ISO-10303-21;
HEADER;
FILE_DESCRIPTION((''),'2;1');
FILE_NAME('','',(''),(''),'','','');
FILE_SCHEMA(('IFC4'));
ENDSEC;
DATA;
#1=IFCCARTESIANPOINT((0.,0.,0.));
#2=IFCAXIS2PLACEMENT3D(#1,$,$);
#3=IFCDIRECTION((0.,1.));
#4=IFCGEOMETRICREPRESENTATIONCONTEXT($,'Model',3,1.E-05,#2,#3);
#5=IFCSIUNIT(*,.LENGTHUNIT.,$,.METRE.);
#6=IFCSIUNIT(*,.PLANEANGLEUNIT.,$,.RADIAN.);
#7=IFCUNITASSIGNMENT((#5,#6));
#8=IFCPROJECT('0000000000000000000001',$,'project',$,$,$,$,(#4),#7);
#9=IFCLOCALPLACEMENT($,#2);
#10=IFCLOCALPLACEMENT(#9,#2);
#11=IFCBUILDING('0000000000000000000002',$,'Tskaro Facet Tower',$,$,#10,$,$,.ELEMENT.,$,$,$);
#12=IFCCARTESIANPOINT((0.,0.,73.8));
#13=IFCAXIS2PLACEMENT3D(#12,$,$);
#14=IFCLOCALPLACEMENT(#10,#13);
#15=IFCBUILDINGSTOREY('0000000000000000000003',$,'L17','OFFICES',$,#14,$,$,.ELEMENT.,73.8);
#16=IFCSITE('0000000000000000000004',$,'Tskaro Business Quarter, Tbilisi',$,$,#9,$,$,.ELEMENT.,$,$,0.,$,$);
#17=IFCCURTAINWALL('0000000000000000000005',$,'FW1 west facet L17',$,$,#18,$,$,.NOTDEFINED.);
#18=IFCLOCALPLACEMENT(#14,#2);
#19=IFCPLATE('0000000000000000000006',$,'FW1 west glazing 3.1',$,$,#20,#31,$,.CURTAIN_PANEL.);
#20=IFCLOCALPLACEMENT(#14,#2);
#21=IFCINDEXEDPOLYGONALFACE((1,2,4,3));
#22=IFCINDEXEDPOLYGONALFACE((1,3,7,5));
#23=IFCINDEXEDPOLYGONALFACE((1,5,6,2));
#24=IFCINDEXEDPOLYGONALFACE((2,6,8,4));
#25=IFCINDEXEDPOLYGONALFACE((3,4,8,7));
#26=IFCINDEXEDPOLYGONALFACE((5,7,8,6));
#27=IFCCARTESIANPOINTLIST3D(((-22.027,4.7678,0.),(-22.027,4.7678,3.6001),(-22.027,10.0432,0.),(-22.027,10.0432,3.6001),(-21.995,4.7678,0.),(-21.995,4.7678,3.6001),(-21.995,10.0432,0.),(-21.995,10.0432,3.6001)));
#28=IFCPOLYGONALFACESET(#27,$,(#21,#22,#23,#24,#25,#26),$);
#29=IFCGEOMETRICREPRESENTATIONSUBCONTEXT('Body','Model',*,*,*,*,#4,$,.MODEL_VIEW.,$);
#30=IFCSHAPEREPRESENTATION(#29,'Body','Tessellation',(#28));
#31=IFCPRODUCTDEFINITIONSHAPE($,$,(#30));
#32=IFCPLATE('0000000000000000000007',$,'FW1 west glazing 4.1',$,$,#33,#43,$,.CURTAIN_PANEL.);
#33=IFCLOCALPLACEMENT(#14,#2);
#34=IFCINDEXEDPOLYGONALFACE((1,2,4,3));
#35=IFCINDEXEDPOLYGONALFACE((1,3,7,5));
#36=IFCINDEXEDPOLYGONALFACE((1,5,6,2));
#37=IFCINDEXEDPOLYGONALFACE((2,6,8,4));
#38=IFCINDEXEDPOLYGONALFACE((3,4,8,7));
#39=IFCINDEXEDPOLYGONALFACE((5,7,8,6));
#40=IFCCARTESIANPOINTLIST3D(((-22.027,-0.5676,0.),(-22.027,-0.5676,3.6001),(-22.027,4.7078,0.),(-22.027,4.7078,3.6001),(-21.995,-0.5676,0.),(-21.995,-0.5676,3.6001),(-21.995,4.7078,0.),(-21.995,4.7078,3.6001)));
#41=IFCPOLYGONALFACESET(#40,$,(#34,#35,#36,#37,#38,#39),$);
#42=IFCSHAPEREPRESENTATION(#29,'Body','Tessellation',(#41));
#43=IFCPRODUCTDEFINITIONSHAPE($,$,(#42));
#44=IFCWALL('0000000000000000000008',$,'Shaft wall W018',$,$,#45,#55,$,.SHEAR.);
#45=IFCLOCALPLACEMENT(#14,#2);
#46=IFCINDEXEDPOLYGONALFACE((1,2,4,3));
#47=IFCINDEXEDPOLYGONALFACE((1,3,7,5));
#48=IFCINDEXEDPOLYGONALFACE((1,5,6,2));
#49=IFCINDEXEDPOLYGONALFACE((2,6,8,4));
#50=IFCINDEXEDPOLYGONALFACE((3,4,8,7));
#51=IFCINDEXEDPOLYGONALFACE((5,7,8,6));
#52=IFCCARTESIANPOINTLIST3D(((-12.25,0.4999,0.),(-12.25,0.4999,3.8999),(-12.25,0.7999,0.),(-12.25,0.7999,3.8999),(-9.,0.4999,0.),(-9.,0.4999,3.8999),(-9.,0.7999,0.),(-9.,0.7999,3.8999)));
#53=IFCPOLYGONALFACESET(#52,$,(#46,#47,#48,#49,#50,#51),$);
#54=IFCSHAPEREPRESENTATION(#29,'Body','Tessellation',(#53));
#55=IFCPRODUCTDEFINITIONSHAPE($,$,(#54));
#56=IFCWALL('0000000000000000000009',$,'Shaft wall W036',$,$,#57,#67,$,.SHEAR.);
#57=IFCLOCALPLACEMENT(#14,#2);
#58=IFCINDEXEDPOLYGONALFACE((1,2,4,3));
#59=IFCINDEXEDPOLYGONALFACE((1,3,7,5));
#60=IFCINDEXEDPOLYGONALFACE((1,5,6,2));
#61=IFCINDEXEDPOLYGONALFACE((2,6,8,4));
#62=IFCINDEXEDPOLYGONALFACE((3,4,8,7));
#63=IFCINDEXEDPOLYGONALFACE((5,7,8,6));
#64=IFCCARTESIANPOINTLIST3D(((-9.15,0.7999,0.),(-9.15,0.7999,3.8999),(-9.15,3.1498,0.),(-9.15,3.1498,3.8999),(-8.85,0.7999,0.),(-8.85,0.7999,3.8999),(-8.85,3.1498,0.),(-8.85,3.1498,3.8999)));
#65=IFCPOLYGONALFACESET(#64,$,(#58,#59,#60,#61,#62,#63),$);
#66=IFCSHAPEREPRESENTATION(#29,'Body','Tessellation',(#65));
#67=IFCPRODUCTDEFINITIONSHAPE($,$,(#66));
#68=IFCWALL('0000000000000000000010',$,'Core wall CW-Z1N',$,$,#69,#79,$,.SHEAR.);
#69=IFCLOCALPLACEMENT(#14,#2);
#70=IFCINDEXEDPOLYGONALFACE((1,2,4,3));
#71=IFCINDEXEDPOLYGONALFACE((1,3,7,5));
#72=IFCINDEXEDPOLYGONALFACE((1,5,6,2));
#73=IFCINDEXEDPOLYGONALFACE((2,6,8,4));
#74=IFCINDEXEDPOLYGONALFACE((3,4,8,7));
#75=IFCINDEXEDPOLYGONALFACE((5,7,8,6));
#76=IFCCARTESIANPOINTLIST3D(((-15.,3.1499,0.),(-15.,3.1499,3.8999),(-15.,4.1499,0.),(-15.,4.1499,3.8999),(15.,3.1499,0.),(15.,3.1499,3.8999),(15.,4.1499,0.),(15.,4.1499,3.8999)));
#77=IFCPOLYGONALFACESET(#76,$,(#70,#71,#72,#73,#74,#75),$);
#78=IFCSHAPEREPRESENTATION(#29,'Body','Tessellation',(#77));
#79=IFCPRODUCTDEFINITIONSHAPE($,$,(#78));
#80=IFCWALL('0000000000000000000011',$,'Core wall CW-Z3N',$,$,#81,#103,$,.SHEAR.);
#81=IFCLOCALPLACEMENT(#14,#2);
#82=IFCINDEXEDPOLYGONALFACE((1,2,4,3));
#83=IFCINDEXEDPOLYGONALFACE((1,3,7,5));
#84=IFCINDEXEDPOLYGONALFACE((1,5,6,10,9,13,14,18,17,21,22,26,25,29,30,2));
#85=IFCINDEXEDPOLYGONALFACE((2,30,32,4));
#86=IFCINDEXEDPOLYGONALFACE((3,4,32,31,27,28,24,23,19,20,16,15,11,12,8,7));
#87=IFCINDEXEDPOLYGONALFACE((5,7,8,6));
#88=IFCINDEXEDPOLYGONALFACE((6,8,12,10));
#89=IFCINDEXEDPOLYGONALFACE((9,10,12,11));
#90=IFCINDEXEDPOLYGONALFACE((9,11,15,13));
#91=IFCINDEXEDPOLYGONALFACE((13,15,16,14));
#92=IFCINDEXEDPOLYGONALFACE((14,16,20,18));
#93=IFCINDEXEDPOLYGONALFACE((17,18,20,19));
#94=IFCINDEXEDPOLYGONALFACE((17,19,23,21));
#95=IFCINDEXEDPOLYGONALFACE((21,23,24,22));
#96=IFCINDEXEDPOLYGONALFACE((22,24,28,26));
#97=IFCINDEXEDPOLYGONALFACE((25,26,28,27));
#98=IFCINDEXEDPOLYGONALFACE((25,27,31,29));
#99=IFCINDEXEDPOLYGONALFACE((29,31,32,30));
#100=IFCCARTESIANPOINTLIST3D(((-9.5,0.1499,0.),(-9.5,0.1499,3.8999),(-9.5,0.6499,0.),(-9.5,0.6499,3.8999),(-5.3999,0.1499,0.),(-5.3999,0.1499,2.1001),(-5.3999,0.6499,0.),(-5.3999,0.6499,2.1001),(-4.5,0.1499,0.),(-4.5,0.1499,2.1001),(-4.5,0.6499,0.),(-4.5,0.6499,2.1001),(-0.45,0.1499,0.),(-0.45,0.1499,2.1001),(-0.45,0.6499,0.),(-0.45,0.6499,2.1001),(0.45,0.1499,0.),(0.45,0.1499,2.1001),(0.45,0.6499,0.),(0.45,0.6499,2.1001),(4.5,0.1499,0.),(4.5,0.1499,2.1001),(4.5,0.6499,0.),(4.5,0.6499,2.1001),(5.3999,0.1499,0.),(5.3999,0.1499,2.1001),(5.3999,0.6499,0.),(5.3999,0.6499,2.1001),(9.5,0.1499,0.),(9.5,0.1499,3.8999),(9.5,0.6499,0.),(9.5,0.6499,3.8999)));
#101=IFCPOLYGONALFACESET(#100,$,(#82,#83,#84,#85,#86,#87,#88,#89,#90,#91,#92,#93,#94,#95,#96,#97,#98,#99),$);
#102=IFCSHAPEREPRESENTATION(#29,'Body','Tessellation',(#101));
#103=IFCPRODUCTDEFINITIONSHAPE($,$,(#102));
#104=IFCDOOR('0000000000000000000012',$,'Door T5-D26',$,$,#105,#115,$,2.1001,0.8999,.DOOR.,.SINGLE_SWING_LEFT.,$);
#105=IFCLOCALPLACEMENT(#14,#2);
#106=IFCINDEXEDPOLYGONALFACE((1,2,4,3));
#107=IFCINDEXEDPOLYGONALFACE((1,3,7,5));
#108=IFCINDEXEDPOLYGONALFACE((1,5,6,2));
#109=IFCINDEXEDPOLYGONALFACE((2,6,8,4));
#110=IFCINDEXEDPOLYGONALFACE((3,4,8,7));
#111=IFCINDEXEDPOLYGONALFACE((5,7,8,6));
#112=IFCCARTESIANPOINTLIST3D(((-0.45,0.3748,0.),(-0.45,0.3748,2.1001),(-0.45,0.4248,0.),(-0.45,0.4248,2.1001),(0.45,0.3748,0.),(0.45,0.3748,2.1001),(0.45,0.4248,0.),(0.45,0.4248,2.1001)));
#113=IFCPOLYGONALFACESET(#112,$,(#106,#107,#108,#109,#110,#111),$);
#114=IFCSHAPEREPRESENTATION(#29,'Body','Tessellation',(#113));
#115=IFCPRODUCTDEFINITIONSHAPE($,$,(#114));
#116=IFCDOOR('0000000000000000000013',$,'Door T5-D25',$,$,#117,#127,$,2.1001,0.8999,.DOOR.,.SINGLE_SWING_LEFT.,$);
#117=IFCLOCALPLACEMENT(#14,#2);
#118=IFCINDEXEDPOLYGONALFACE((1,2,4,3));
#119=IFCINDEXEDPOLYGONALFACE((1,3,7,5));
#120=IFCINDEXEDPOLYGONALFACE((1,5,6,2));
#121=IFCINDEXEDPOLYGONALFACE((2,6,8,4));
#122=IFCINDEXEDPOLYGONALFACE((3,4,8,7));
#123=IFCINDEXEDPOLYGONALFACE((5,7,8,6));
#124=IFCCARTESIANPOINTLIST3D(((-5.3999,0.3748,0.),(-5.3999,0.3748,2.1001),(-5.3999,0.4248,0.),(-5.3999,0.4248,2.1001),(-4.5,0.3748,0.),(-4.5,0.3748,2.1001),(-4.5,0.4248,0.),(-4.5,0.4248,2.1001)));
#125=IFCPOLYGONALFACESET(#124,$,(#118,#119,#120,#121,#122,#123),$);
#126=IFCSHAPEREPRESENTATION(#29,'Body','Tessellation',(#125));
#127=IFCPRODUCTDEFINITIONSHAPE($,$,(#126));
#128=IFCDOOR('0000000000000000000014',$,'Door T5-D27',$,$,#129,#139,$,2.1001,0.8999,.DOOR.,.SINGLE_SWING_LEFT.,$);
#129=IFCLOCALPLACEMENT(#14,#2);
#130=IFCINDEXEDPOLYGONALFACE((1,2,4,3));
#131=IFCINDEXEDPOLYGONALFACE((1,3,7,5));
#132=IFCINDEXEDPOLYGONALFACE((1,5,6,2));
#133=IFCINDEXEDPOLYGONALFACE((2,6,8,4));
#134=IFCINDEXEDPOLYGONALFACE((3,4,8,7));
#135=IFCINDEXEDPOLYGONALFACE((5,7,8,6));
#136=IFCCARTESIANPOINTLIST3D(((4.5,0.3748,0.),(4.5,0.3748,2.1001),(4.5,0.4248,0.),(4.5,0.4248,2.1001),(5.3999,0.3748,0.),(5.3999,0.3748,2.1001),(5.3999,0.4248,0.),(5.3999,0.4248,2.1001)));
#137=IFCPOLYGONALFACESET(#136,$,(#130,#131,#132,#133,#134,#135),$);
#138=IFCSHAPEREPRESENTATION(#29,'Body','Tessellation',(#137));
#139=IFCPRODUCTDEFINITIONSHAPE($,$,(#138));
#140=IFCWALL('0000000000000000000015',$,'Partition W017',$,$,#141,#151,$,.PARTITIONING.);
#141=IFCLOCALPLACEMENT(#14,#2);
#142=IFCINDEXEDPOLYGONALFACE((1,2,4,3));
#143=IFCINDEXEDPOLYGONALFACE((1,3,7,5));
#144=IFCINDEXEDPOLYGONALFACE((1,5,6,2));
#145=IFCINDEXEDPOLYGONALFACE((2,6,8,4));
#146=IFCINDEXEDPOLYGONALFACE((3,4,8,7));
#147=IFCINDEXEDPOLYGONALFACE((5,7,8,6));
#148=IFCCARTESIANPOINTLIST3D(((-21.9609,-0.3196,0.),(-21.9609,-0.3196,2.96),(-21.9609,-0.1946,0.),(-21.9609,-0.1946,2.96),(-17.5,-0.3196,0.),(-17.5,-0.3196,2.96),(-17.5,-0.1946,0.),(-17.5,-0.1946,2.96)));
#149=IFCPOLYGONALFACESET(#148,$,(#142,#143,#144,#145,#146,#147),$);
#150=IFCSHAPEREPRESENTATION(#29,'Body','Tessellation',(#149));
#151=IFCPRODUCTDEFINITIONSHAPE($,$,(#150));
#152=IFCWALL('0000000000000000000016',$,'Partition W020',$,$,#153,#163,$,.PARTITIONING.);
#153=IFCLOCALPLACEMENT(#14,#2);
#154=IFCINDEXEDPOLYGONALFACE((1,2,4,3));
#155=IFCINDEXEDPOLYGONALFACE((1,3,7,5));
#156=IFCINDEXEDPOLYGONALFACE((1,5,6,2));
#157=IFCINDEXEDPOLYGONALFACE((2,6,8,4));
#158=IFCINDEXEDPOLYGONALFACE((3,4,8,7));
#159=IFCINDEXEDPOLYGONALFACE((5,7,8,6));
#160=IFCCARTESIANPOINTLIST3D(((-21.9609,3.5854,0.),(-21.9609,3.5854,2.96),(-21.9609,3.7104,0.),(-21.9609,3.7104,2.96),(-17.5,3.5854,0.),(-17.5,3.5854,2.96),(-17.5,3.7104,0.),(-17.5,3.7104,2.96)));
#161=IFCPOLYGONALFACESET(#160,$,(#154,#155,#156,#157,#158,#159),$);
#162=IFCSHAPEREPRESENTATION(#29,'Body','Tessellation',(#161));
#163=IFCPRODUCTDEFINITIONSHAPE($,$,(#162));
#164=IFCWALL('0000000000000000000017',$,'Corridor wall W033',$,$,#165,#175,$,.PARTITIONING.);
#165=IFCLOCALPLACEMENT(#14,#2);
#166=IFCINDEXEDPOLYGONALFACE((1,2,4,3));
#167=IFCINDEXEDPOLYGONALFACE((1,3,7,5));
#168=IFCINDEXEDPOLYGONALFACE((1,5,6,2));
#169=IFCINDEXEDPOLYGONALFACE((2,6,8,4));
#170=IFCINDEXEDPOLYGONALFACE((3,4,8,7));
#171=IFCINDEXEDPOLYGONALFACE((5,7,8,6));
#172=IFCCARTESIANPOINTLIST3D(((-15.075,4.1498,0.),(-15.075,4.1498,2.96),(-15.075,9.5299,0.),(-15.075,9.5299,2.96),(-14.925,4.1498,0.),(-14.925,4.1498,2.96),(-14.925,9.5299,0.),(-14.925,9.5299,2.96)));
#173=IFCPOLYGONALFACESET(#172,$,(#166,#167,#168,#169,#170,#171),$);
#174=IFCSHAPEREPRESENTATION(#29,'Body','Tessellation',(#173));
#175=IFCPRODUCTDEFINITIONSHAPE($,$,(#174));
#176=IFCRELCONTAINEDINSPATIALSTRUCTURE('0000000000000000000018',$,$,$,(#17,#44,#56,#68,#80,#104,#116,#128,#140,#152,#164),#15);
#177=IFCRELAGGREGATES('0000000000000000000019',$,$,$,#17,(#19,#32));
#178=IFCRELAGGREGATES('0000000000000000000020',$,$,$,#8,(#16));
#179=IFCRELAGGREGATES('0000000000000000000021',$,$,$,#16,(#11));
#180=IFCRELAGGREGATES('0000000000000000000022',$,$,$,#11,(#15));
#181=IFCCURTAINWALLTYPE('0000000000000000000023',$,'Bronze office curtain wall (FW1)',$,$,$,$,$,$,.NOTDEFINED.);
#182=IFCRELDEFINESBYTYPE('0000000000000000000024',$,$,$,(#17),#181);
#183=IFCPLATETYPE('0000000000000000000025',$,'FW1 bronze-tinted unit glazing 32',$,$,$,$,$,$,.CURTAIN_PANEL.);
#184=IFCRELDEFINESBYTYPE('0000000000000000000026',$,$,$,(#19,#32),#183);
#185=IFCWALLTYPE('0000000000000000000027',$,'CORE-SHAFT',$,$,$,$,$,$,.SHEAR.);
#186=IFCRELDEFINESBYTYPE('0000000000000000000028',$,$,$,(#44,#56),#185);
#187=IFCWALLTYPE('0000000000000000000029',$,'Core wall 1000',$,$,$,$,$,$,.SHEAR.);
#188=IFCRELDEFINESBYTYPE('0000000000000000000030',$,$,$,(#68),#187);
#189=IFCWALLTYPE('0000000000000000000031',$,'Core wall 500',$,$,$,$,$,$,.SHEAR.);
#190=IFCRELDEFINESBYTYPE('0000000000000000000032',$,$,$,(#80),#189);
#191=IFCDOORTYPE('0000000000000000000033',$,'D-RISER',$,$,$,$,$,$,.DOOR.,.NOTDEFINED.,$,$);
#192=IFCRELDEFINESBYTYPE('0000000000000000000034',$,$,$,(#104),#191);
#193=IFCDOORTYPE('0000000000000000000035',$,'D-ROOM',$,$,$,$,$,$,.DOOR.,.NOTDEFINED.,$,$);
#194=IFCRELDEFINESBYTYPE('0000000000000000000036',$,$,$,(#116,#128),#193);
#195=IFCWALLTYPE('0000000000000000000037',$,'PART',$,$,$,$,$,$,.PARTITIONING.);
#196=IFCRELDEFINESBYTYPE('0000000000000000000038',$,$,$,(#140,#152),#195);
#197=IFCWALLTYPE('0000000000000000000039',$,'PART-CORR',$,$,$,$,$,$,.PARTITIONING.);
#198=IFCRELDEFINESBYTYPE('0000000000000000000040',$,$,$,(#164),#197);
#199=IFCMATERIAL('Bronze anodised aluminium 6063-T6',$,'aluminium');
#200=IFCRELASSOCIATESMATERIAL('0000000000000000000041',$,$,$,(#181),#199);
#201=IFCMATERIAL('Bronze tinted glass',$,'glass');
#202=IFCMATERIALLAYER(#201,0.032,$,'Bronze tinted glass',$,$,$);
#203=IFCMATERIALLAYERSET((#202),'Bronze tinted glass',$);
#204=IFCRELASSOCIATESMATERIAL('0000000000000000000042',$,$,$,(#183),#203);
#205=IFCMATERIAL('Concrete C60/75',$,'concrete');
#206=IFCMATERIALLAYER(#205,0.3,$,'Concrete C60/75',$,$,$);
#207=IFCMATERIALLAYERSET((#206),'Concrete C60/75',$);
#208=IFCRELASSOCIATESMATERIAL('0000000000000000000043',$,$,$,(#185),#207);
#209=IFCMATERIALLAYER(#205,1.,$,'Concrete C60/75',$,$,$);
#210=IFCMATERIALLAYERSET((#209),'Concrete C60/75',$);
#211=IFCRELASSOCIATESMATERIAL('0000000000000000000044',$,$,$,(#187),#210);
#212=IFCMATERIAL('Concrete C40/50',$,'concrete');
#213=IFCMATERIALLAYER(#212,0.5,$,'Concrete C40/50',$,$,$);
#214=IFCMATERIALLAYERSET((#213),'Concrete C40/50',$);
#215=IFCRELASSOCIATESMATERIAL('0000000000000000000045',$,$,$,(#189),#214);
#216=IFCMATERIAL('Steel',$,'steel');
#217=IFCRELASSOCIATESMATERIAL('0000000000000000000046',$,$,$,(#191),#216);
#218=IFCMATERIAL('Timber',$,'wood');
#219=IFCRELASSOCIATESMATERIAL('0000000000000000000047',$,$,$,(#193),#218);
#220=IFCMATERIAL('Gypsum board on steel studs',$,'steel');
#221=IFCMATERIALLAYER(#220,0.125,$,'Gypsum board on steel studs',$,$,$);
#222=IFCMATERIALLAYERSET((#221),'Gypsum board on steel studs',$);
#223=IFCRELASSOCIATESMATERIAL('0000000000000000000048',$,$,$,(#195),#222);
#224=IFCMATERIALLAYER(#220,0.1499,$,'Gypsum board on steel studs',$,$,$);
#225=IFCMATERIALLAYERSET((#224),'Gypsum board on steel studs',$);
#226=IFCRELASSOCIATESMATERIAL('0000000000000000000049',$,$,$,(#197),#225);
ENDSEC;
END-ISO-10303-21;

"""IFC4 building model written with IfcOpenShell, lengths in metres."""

from ifc_helpers import new_model, si_unit, direction, frame, frame_2d, origin, origin_2d, place, context, subcontext, project, spatial, rectangle, extrude, material, layer, layer_set, type_object, element, fill, aggregate, save


model = new_model("IFC4")

# Units and contexts
model_context = context("Model", 3, precision=1e-05, world=origin(), true_north=direction((0.0, 1.0)))
body_context = subcontext(model_context, "Body", "Model", "MODEL_VIEW")
ifc_project = project(units=[si_unit("LENGTHUNIT", "METRE"), si_unit("PLANEANGLEUNIT", "RADIAN")], contexts=[model_context])

# Site, building, storey
site_placement = place(None, origin())
site = spatial("IfcSite", under=ifc_project, at=site_placement, Name="Tskaro Business Quarter, Tbilisi", CompositionType="ELEMENT", RefElevation=0.0)
building_placement = place(site_placement, origin())
building = spatial("IfcBuilding", under=site, at=building_placement, Name="Tskaro Facet Tower", CompositionType="ELEMENT")
storey_placement = place(building_placement, frame((0.0, 0.0, 73.8)))
storey = spatial("IfcBuildingStorey", under=building, at=storey_placement, Name="L17", Description="OFFICES", CompositionType="ELEMENT", Elevation=73.8)

# Curtain wall
ifc_material_1 = material(Name="Bronze anodised aluminium 6063-T6", Category="aluminium")
curtain_wall_type = type_object("IfcCurtainWallType", Name="Bronze office curtain wall (FW1)", PredefinedType="NOTDEFINED", material=ifc_material_1)
curtain_wall_placement = place(storey_placement, origin())
curtain_wall = element("IfcCurtainWall", 1, at=curtain_wall_placement, inside=storey, type_object=curtain_wall_type, Name="FW1 west facet L17", PredefinedType="NOTDEFINED")

# Plates
ifc_material_2 = material(Name="Bronze tinted glass", Category="glass")
ifc_layer_1 = layer(ifc_material_2, 0.032, Name="Bronze tinted glass")
ifc_layer_set_1 = layer_set([ifc_layer_1], Name="Bronze tinted glass")
plate_type = type_object("IfcPlateType", Name="FW1 bronze-tinted unit glazing 32", PredefinedType="CURTAIN_PANEL", material=ifc_layer_set_1)
plate_1_placement = place(storey_placement, frame((-22.011, 7.4055, 0.0), z_axis=(0.0, 0.0, 1.0), x_axis=(0.0, -1.0, 0.0)))
plate_1 = element("IfcPlate", 2, at=plate_1_placement, type_object=plate_type, Name="FW1 west glazing 3.1", PredefinedType="CURTAIN_PANEL", context=body_context, shape_type="SweptSolid", body=[
    extrude(rectangle(XDim=5.2754, YDim=0.032, at=origin_2d()), origin(), (0.0, 0.0, 1.0), 3.6001),
])
plate_2_placement = place(storey_placement, frame((-22.011, 2.0701, 0.0), z_axis=(0.0, 0.0, 1.0), x_axis=(0.0, -1.0, 0.0)))
plate_2 = element("IfcPlate", 3, at=plate_2_placement, type_object=plate_type, Name="FW1 west glazing 4.1", PredefinedType="CURTAIN_PANEL", context=body_context, shape_type="SweptSolid", body=[
    extrude(rectangle(XDim=5.2754, YDim=0.032, at=origin_2d()), origin(), (0.0, 0.0, 1.0), 3.6001),
])
aggregate(curtain_wall, [plate_1, plate_2])

# Walls
ifc_material_3 = material(Name="Concrete C60/75", Category="concrete")
ifc_layer_2 = layer(ifc_material_3, 0.3, Name="Concrete C60/75")
ifc_layer_set_2 = layer_set([ifc_layer_2], Name="Concrete C60/75")
wall_type_1 = type_object("IfcWallType", Name="CORE-SHAFT", PredefinedType="SHEAR", material=ifc_layer_set_2)
wall_1_placement = place(storey_placement, frame((-9.0, 0.6499, 0.0), z_axis=(0.0, 0.0, 1.0), x_axis=(-1.0, 0.0, 0.0)))
element("IfcWall", 4, at=wall_1_placement, inside=storey, type_object=wall_type_1, Name="Shaft wall W018", PredefinedType="SHEAR", context=body_context, shape_type="SweptSolid", body=[
    extrude(rectangle(XDim=3.25, YDim=0.3, at=frame_2d((1.625, 0.0))), origin(), (0.0, 0.0, 1.0), 3.8999),
])
wall_2_placement = place(storey_placement, frame((-9.0, 0.8, 0.0), z_axis=(0.0, 0.0, 1.0), x_axis=(0.0, 1.0, 0.0)))
element("IfcWall", 5, at=wall_2_placement, inside=storey, type_object=wall_type_1, Name="Shaft wall W036", PredefinedType="SHEAR", context=body_context, shape_type="SweptSolid", body=[
    extrude(rectangle(XDim=2.3499, YDim=0.3, at=frame_2d((1.1748, 0.0))), origin(), (0.0, 0.0, 1.0), 3.8999),
])
ifc_layer_3 = layer(ifc_material_3, 1.0, Name="Concrete C60/75")
ifc_layer_set_3 = layer_set([ifc_layer_3], Name="Concrete C60/75")
wall_type_2 = type_object("IfcWallType", Name="Core wall 1000", PredefinedType="SHEAR", material=ifc_layer_set_3)
wall_3_placement = place(storey_placement, frame((-15.0, 3.6499, 0.0), z_axis=(0.0, 0.0, 1.0), x_axis=(1.0, 0.0, 0.0)))
element("IfcWall", 6, at=wall_3_placement, inside=storey, type_object=wall_type_2, Name="Core wall CW-Z1N", PredefinedType="SHEAR", context=body_context, shape_type="SweptSolid", body=[
    extrude(rectangle(XDim=30.0, YDim=1.0, at=frame_2d((15.0, 0.0))), origin(), (0.0, 0.0, 1.0), 3.8999),
])

# Wall, openings, doors
ifc_material_4 = material(Name="Concrete C40/50", Category="concrete")
ifc_layer_4 = layer(ifc_material_4, 0.5, Name="Concrete C40/50")
ifc_layer_set_4 = layer_set([ifc_layer_4], Name="Concrete C40/50")
wall_type_3 = type_object("IfcWallType", Name="Core wall 500", PredefinedType="SHEAR", material=ifc_layer_set_4)
wall_4_placement = place(storey_placement, frame((-9.5, 0.3999, 0.0), z_axis=(0.0, 0.0, 1.0), x_axis=(1.0, 0.0, 0.0)))
wall_4 = element("IfcWall", 7, at=wall_4_placement, inside=storey, type_object=wall_type_3, Name="Core wall CW-Z3N", PredefinedType="SHEAR", context=body_context, shape_type="SweptSolid", body=[
    extrude(rectangle(XDim=19.0, YDim=0.5, at=frame_2d((9.5, 0.0))), origin(), (0.0, 0.0, 1.0), 3.8999),
])
opening_1_placement = place(wall_4_placement, frame((4.1001, 0.0, 0.0)))
opening_1 = element("IfcOpeningElement", 8, at=opening_1_placement, cuts=wall_4, PredefinedType="OPENING", context=body_context, shape_type="SweptSolid", body=[
    extrude(rectangle(XDim=0.8999, YDim=2.1001, at=frame_2d((0.45, 1.05))), frame((0.0, 0.26, 0.0), z_axis=(0.0, -1.0, 0.0), x_axis=(1.0, 0.0, 0.0)), (0.0, 0.0, 1.0), 0.52),
])
opening_2_placement = place(wall_4_placement, frame((14.0, 0.0, 0.0)))
opening_2 = element("IfcOpeningElement", 9, at=opening_2_placement, cuts=wall_4, PredefinedType="OPENING", context=body_context, shape_type="SweptSolid", body=[
    extrude(rectangle(XDim=0.8999, YDim=2.1001, at=frame_2d((0.45, 1.05))), frame((0.0, 0.26, 0.0), z_axis=(0.0, -1.0, 0.0), x_axis=(1.0, 0.0, 0.0)), (0.0, 0.0, 1.0), 0.52),
])
opening_3_placement = place(wall_4_placement, frame((9.05, 0.0, 0.0)))
opening_3 = element("IfcOpeningElement", 10, at=opening_3_placement, cuts=wall_4, PredefinedType="OPENING", context=body_context, shape_type="SweptSolid", body=[
    extrude(rectangle(XDim=0.8999, YDim=2.1001, at=frame_2d((0.45, 1.05))), frame((0.0, 0.26, 0.0), z_axis=(0.0, -1.0, 0.0), x_axis=(1.0, 0.0, 0.0)), (0.0, 0.0, 1.0), 0.52),
])
ifc_material_5 = material(Name="Steel", Category="steel")
door_type_1 = type_object("IfcDoorType", Name="D-RISER", OperationType="NOTDEFINED", PredefinedType="DOOR", material=ifc_material_5)
door_1_placement = place(opening_3_placement, origin())
door_1 = element("IfcDoor", 11, at=door_1_placement, inside=storey, type_object=door_type_1, Name="Door T5-D26", OperationType="SINGLE_SWING_LEFT", OverallHeight=2.1001, OverallWidth=0.8999, PredefinedType="DOOR", context=body_context, shape_type="SweptSolid", body=[
    extrude(rectangle(XDim=0.8999, YDim=2.1001, at=frame_2d((0.45, 1.05))), frame((0.0, 0.0249, 0.0), z_axis=(0.0, -1.0, 0.0), x_axis=(1.0, 0.0, 0.0)), (0.0, 0.0, 1.0), 0.05),
])
fill(opening_3, door_1)
ifc_material_6 = material(Name="Timber", Category="wood")
door_type_2 = type_object("IfcDoorType", Name="D-ROOM", OperationType="NOTDEFINED", PredefinedType="DOOR", material=ifc_material_6)
door_2_placement = place(opening_1_placement, origin())
door_2 = element("IfcDoor", 12, at=door_2_placement, inside=storey, type_object=door_type_2, Name="Door T5-D25", OperationType="SINGLE_SWING_LEFT", OverallHeight=2.1001, OverallWidth=0.8999, PredefinedType="DOOR", context=body_context, shape_type="SweptSolid", body=[
    extrude(rectangle(XDim=0.8999, YDim=2.1001, at=frame_2d((0.45, 1.05))), frame((0.0, 0.0249, 0.0), z_axis=(0.0, -1.0, 0.0), x_axis=(1.0, 0.0, 0.0)), (0.0, 0.0, 1.0), 0.05),
])
fill(opening_1, door_2)
door_3_placement = place(opening_2_placement, origin())
door_3 = element("IfcDoor", 13, at=door_3_placement, inside=storey, type_object=door_type_2, Name="Door T5-D27", OperationType="SINGLE_SWING_LEFT", OverallHeight=2.1001, OverallWidth=0.8999, PredefinedType="DOOR", context=body_context, shape_type="SweptSolid", body=[
    extrude(rectangle(XDim=0.8999, YDim=2.1001, at=frame_2d((0.45, 1.05))), frame((0.0, 0.0249, 0.0), z_axis=(0.0, -1.0, 0.0), x_axis=(1.0, 0.0, 0.0)), (0.0, 0.0, 1.0), 0.05),
])
fill(opening_2, door_3)

# Walls
ifc_material_7 = material(Name="Gypsum board on steel studs", Category="steel")
ifc_layer_5 = layer(ifc_material_7, 0.125, Name="Gypsum board on steel studs")
ifc_layer_set_5 = layer_set([ifc_layer_5], Name="Gypsum board on steel studs")
wall_type_4 = type_object("IfcWallType", Name="PART", PredefinedType="PARTITIONING", material=ifc_layer_set_5)
for number, where, z_axis, x_axis, name in (
    (14, (-21.9609, -0.2571, 0.0), (0.0, 0.0, 1.0), (1.0, 0.0, 0.0), "Partition W017"),
    (15, (-21.9609, 3.6479, 0.0), (0.0, 0.0, 1.0), (1.0, 0.0, 0.0), "Partition W020"),
):
    element("IfcWall", number, at=place(storey_placement, frame(where, z_axis=z_axis, x_axis=x_axis)), inside=storey, type_object=wall_type_4, Name=name, PredefinedType="PARTITIONING", context=body_context, shape_type="SweptSolid", body=[
        extrude(rectangle(XDim=4.4609, YDim=0.125, at=frame_2d((2.2305, 0.0))), origin(), (0.0, 0.0, 1.0), 2.96),
    ])
ifc_layer_6 = layer(ifc_material_7, 0.1499, Name="Gypsum board on steel studs")
ifc_layer_set_6 = layer_set([ifc_layer_6], Name="Gypsum board on steel studs")
wall_type_5 = type_object("IfcWallType", Name="PART-CORR", PredefinedType="PARTITIONING", material=ifc_layer_set_6)
for number, where, z_axis, x_axis, name in (
    (16, (-15.0, 4.1499, 0.0), (0.0, 0.0, 1.0), (0.0, 1.0, 0.0), "Corridor wall W033"),
):
    element("IfcWall", number, at=place(storey_placement, frame(where, z_axis=z_axis, x_axis=x_axis)), inside=storey, type_object=wall_type_5, Name=name, PredefinedType="PARTITIONING", context=body_context, shape_type="SweptSolid", body=[
        extrude(rectangle(XDim=5.3801, YDim=0.1499, at=frame_2d((2.6899, 0.0))), origin(), (0.0, 0.0, 1.0), 2.96),
    ])

save(model, "model.ifc")
